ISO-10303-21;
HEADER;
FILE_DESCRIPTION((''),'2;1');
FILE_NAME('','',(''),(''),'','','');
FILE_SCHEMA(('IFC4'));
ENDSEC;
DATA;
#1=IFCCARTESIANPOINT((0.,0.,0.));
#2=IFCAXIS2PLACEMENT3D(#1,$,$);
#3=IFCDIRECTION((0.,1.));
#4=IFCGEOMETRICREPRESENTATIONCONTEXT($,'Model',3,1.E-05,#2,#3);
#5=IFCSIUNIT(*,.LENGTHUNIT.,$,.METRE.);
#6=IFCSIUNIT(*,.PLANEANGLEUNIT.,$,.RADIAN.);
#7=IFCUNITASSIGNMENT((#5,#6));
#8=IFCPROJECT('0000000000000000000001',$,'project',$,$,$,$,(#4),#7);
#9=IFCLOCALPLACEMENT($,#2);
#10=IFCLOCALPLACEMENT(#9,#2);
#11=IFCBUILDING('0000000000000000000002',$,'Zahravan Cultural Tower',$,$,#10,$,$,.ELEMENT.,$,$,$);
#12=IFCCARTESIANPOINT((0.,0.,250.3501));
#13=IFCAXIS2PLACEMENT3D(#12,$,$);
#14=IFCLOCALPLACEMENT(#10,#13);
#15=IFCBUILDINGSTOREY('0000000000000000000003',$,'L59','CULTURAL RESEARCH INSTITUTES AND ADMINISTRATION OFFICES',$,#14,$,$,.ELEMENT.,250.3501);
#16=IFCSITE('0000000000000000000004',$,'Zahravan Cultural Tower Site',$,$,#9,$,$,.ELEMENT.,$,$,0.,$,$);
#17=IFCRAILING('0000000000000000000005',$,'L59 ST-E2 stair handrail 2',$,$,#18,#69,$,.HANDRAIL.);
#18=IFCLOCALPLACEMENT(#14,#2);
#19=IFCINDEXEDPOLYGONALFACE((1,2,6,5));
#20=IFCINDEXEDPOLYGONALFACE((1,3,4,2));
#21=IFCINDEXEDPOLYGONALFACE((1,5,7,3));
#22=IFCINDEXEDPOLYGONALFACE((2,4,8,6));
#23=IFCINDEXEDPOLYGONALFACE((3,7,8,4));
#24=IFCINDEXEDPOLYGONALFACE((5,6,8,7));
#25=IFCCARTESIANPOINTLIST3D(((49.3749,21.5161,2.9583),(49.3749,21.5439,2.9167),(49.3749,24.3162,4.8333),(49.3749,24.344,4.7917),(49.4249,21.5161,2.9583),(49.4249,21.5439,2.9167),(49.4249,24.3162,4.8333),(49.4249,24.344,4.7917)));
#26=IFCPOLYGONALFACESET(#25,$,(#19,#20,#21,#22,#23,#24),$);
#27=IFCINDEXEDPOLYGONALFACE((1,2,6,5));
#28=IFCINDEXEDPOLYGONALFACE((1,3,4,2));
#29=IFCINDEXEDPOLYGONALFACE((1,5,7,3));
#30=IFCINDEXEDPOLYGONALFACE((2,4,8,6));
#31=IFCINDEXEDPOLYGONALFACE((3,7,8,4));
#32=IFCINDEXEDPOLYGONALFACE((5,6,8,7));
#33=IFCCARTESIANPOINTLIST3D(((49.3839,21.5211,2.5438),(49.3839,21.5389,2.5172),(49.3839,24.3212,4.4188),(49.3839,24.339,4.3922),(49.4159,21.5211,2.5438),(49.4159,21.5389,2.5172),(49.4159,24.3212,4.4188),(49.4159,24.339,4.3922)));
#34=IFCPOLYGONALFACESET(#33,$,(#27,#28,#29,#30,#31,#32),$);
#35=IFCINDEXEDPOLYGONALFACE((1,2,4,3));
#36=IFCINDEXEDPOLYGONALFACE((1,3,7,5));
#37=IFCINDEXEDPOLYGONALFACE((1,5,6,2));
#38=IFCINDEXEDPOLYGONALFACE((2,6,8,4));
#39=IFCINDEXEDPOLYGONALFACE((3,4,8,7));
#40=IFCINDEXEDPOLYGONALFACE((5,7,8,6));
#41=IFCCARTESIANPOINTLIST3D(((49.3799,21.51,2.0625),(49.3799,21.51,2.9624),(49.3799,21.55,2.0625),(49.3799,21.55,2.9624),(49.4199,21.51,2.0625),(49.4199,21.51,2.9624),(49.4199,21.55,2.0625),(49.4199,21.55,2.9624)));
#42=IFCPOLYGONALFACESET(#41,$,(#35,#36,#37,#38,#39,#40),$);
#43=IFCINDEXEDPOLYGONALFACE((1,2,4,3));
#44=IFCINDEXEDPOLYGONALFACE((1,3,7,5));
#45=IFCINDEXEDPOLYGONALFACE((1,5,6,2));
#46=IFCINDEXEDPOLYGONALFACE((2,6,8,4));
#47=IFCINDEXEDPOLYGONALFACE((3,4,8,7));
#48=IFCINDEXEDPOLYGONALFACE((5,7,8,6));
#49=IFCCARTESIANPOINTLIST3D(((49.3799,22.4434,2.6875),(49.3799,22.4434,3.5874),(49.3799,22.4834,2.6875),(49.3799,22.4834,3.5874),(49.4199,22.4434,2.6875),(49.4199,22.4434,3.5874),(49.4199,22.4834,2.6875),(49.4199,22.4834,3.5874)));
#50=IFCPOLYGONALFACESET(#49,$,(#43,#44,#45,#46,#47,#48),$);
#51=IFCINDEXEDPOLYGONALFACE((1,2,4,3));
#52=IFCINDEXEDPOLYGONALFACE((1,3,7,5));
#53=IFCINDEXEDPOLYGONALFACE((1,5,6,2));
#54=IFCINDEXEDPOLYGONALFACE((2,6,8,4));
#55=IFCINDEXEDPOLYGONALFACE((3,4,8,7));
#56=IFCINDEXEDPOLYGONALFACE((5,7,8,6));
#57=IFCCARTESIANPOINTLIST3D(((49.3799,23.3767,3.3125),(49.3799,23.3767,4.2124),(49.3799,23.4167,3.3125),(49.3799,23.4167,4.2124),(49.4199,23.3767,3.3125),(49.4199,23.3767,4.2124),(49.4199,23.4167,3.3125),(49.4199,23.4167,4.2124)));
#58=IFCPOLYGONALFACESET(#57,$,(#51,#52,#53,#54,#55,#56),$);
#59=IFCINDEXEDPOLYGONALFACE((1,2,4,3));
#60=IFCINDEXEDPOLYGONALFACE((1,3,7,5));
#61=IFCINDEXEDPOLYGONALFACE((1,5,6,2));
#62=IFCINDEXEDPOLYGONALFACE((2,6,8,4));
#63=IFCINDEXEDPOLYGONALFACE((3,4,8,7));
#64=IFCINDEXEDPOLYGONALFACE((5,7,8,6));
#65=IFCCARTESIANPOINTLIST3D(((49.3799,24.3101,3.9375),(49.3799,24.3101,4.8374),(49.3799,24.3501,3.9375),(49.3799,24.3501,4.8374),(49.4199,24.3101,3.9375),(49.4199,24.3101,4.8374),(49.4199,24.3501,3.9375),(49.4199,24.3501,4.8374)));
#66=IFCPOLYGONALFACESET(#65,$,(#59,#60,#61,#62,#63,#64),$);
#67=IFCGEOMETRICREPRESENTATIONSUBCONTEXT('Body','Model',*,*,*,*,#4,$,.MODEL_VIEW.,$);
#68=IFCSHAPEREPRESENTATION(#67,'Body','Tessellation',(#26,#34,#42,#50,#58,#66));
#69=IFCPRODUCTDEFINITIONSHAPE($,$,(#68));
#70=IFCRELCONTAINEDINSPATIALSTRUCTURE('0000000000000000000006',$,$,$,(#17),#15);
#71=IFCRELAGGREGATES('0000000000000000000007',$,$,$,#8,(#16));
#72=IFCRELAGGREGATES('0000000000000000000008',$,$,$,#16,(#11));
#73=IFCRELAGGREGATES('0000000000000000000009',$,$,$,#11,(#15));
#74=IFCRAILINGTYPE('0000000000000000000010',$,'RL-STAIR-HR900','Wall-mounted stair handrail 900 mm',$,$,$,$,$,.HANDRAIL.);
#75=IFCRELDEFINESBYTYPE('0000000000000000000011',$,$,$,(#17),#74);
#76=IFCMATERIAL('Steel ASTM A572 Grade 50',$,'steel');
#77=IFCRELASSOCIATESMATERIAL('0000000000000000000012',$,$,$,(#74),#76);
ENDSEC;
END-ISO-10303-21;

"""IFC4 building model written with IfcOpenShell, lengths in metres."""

from ifc_helpers import new_model, si_unit, direction, frame, origin, origin_2d, place, context, subcontext, project, spatial, rectangle, extrude, material, type_object, element, save


model = new_model("IFC4")

# Units and contexts
model_context = context("Model", 3, precision=1e-05, world=origin(), true_north=direction((0.0, 1.0)))
body_context = subcontext(model_context, "Body", "Model", "MODEL_VIEW")
ifc_project = project(units=[si_unit("LENGTHUNIT", "METRE"), si_unit("PLANEANGLEUNIT", "RADIAN")], contexts=[model_context])

# Site, building, storey
site_placement = place(None, origin())
site = spatial("IfcSite", under=ifc_project, at=site_placement, Name="Zahravan Cultural Tower Site", CompositionType="ELEMENT", RefElevation=0.0)
building_placement = place(site_placement, origin())
building = spatial("IfcBuilding", under=site, at=building_placement, Name="Zahravan Cultural Tower", CompositionType="ELEMENT")
storey_placement = place(building_placement, frame((0.0, 0.0, 250.3501)))
storey = spatial("IfcBuildingStorey", under=building, at=storey_placement, Name="L59", Description="CULTURAL RESEARCH INSTITUTES AND ADMINISTRATION OFFICES", CompositionType="ELEMENT", Elevation=250.3501)

# Shared definitions
ifc_material_1 = material(Name="Steel ASTM A572 Grade 50", Category="steel")

# Railing
railing_type_1 = type_object("IfcRailingType", Name="RL-STAIR-HR900", Description="Wall-mounted stair handrail 900 mm", PredefinedType="HANDRAIL", material=ifc_material_1)
railing_1_placement = place(storey_placement, frame((49.3999, 21.53, 2.0625)))
element("IfcRailing", 1, at=railing_1_placement, inside=storey, type_object=railing_type_1, Name="L59 ST-E2 stair handrail 2", PredefinedType="HANDRAIL", context=body_context, shape_type="SweptSolid", body=[
    extrude(rectangle(XDim=0.05, YDim=0.05, at=origin_2d()), frame((0.0, 0.0, 0.875), z_axis=(0.0, 0.830912, 0.556404), x_axis=(-1.0, 0.0, 0.0)), (0.0, 0.0, 1.0), 3.3699),
    extrude(rectangle(XDim=0.032, YDim=0.032, at=origin_2d()), frame((0.0, 0.0, 0.468), z_axis=(0.0, 0.830912, 0.556404), x_axis=(-1.0, 0.0, 0.0)), (0.0, 0.0, 1.0), 3.3699),
    extrude(rectangle(XDim=0.04, YDim=0.04, at=origin_2d()), origin(), (0.0, 0.0, 1.0), 0.8999),
    extrude(rectangle(XDim=0.04, YDim=0.04, at=origin_2d()), frame((0.0, 0.9333, 0.625)), (0.0, 0.0, 1.0), 0.8999),
    extrude(rectangle(XDim=0.04, YDim=0.04, at=origin_2d()), frame((0.0, 1.8667, 1.25)), (0.0, 0.0, 1.0), 0.8999),
    extrude(rectangle(XDim=0.04, YDim=0.04, at=origin_2d()), frame((0.0, 2.8, 1.875)), (0.0, 0.0, 1.0), 0.8999),
])

save(model, "model.ifc")
